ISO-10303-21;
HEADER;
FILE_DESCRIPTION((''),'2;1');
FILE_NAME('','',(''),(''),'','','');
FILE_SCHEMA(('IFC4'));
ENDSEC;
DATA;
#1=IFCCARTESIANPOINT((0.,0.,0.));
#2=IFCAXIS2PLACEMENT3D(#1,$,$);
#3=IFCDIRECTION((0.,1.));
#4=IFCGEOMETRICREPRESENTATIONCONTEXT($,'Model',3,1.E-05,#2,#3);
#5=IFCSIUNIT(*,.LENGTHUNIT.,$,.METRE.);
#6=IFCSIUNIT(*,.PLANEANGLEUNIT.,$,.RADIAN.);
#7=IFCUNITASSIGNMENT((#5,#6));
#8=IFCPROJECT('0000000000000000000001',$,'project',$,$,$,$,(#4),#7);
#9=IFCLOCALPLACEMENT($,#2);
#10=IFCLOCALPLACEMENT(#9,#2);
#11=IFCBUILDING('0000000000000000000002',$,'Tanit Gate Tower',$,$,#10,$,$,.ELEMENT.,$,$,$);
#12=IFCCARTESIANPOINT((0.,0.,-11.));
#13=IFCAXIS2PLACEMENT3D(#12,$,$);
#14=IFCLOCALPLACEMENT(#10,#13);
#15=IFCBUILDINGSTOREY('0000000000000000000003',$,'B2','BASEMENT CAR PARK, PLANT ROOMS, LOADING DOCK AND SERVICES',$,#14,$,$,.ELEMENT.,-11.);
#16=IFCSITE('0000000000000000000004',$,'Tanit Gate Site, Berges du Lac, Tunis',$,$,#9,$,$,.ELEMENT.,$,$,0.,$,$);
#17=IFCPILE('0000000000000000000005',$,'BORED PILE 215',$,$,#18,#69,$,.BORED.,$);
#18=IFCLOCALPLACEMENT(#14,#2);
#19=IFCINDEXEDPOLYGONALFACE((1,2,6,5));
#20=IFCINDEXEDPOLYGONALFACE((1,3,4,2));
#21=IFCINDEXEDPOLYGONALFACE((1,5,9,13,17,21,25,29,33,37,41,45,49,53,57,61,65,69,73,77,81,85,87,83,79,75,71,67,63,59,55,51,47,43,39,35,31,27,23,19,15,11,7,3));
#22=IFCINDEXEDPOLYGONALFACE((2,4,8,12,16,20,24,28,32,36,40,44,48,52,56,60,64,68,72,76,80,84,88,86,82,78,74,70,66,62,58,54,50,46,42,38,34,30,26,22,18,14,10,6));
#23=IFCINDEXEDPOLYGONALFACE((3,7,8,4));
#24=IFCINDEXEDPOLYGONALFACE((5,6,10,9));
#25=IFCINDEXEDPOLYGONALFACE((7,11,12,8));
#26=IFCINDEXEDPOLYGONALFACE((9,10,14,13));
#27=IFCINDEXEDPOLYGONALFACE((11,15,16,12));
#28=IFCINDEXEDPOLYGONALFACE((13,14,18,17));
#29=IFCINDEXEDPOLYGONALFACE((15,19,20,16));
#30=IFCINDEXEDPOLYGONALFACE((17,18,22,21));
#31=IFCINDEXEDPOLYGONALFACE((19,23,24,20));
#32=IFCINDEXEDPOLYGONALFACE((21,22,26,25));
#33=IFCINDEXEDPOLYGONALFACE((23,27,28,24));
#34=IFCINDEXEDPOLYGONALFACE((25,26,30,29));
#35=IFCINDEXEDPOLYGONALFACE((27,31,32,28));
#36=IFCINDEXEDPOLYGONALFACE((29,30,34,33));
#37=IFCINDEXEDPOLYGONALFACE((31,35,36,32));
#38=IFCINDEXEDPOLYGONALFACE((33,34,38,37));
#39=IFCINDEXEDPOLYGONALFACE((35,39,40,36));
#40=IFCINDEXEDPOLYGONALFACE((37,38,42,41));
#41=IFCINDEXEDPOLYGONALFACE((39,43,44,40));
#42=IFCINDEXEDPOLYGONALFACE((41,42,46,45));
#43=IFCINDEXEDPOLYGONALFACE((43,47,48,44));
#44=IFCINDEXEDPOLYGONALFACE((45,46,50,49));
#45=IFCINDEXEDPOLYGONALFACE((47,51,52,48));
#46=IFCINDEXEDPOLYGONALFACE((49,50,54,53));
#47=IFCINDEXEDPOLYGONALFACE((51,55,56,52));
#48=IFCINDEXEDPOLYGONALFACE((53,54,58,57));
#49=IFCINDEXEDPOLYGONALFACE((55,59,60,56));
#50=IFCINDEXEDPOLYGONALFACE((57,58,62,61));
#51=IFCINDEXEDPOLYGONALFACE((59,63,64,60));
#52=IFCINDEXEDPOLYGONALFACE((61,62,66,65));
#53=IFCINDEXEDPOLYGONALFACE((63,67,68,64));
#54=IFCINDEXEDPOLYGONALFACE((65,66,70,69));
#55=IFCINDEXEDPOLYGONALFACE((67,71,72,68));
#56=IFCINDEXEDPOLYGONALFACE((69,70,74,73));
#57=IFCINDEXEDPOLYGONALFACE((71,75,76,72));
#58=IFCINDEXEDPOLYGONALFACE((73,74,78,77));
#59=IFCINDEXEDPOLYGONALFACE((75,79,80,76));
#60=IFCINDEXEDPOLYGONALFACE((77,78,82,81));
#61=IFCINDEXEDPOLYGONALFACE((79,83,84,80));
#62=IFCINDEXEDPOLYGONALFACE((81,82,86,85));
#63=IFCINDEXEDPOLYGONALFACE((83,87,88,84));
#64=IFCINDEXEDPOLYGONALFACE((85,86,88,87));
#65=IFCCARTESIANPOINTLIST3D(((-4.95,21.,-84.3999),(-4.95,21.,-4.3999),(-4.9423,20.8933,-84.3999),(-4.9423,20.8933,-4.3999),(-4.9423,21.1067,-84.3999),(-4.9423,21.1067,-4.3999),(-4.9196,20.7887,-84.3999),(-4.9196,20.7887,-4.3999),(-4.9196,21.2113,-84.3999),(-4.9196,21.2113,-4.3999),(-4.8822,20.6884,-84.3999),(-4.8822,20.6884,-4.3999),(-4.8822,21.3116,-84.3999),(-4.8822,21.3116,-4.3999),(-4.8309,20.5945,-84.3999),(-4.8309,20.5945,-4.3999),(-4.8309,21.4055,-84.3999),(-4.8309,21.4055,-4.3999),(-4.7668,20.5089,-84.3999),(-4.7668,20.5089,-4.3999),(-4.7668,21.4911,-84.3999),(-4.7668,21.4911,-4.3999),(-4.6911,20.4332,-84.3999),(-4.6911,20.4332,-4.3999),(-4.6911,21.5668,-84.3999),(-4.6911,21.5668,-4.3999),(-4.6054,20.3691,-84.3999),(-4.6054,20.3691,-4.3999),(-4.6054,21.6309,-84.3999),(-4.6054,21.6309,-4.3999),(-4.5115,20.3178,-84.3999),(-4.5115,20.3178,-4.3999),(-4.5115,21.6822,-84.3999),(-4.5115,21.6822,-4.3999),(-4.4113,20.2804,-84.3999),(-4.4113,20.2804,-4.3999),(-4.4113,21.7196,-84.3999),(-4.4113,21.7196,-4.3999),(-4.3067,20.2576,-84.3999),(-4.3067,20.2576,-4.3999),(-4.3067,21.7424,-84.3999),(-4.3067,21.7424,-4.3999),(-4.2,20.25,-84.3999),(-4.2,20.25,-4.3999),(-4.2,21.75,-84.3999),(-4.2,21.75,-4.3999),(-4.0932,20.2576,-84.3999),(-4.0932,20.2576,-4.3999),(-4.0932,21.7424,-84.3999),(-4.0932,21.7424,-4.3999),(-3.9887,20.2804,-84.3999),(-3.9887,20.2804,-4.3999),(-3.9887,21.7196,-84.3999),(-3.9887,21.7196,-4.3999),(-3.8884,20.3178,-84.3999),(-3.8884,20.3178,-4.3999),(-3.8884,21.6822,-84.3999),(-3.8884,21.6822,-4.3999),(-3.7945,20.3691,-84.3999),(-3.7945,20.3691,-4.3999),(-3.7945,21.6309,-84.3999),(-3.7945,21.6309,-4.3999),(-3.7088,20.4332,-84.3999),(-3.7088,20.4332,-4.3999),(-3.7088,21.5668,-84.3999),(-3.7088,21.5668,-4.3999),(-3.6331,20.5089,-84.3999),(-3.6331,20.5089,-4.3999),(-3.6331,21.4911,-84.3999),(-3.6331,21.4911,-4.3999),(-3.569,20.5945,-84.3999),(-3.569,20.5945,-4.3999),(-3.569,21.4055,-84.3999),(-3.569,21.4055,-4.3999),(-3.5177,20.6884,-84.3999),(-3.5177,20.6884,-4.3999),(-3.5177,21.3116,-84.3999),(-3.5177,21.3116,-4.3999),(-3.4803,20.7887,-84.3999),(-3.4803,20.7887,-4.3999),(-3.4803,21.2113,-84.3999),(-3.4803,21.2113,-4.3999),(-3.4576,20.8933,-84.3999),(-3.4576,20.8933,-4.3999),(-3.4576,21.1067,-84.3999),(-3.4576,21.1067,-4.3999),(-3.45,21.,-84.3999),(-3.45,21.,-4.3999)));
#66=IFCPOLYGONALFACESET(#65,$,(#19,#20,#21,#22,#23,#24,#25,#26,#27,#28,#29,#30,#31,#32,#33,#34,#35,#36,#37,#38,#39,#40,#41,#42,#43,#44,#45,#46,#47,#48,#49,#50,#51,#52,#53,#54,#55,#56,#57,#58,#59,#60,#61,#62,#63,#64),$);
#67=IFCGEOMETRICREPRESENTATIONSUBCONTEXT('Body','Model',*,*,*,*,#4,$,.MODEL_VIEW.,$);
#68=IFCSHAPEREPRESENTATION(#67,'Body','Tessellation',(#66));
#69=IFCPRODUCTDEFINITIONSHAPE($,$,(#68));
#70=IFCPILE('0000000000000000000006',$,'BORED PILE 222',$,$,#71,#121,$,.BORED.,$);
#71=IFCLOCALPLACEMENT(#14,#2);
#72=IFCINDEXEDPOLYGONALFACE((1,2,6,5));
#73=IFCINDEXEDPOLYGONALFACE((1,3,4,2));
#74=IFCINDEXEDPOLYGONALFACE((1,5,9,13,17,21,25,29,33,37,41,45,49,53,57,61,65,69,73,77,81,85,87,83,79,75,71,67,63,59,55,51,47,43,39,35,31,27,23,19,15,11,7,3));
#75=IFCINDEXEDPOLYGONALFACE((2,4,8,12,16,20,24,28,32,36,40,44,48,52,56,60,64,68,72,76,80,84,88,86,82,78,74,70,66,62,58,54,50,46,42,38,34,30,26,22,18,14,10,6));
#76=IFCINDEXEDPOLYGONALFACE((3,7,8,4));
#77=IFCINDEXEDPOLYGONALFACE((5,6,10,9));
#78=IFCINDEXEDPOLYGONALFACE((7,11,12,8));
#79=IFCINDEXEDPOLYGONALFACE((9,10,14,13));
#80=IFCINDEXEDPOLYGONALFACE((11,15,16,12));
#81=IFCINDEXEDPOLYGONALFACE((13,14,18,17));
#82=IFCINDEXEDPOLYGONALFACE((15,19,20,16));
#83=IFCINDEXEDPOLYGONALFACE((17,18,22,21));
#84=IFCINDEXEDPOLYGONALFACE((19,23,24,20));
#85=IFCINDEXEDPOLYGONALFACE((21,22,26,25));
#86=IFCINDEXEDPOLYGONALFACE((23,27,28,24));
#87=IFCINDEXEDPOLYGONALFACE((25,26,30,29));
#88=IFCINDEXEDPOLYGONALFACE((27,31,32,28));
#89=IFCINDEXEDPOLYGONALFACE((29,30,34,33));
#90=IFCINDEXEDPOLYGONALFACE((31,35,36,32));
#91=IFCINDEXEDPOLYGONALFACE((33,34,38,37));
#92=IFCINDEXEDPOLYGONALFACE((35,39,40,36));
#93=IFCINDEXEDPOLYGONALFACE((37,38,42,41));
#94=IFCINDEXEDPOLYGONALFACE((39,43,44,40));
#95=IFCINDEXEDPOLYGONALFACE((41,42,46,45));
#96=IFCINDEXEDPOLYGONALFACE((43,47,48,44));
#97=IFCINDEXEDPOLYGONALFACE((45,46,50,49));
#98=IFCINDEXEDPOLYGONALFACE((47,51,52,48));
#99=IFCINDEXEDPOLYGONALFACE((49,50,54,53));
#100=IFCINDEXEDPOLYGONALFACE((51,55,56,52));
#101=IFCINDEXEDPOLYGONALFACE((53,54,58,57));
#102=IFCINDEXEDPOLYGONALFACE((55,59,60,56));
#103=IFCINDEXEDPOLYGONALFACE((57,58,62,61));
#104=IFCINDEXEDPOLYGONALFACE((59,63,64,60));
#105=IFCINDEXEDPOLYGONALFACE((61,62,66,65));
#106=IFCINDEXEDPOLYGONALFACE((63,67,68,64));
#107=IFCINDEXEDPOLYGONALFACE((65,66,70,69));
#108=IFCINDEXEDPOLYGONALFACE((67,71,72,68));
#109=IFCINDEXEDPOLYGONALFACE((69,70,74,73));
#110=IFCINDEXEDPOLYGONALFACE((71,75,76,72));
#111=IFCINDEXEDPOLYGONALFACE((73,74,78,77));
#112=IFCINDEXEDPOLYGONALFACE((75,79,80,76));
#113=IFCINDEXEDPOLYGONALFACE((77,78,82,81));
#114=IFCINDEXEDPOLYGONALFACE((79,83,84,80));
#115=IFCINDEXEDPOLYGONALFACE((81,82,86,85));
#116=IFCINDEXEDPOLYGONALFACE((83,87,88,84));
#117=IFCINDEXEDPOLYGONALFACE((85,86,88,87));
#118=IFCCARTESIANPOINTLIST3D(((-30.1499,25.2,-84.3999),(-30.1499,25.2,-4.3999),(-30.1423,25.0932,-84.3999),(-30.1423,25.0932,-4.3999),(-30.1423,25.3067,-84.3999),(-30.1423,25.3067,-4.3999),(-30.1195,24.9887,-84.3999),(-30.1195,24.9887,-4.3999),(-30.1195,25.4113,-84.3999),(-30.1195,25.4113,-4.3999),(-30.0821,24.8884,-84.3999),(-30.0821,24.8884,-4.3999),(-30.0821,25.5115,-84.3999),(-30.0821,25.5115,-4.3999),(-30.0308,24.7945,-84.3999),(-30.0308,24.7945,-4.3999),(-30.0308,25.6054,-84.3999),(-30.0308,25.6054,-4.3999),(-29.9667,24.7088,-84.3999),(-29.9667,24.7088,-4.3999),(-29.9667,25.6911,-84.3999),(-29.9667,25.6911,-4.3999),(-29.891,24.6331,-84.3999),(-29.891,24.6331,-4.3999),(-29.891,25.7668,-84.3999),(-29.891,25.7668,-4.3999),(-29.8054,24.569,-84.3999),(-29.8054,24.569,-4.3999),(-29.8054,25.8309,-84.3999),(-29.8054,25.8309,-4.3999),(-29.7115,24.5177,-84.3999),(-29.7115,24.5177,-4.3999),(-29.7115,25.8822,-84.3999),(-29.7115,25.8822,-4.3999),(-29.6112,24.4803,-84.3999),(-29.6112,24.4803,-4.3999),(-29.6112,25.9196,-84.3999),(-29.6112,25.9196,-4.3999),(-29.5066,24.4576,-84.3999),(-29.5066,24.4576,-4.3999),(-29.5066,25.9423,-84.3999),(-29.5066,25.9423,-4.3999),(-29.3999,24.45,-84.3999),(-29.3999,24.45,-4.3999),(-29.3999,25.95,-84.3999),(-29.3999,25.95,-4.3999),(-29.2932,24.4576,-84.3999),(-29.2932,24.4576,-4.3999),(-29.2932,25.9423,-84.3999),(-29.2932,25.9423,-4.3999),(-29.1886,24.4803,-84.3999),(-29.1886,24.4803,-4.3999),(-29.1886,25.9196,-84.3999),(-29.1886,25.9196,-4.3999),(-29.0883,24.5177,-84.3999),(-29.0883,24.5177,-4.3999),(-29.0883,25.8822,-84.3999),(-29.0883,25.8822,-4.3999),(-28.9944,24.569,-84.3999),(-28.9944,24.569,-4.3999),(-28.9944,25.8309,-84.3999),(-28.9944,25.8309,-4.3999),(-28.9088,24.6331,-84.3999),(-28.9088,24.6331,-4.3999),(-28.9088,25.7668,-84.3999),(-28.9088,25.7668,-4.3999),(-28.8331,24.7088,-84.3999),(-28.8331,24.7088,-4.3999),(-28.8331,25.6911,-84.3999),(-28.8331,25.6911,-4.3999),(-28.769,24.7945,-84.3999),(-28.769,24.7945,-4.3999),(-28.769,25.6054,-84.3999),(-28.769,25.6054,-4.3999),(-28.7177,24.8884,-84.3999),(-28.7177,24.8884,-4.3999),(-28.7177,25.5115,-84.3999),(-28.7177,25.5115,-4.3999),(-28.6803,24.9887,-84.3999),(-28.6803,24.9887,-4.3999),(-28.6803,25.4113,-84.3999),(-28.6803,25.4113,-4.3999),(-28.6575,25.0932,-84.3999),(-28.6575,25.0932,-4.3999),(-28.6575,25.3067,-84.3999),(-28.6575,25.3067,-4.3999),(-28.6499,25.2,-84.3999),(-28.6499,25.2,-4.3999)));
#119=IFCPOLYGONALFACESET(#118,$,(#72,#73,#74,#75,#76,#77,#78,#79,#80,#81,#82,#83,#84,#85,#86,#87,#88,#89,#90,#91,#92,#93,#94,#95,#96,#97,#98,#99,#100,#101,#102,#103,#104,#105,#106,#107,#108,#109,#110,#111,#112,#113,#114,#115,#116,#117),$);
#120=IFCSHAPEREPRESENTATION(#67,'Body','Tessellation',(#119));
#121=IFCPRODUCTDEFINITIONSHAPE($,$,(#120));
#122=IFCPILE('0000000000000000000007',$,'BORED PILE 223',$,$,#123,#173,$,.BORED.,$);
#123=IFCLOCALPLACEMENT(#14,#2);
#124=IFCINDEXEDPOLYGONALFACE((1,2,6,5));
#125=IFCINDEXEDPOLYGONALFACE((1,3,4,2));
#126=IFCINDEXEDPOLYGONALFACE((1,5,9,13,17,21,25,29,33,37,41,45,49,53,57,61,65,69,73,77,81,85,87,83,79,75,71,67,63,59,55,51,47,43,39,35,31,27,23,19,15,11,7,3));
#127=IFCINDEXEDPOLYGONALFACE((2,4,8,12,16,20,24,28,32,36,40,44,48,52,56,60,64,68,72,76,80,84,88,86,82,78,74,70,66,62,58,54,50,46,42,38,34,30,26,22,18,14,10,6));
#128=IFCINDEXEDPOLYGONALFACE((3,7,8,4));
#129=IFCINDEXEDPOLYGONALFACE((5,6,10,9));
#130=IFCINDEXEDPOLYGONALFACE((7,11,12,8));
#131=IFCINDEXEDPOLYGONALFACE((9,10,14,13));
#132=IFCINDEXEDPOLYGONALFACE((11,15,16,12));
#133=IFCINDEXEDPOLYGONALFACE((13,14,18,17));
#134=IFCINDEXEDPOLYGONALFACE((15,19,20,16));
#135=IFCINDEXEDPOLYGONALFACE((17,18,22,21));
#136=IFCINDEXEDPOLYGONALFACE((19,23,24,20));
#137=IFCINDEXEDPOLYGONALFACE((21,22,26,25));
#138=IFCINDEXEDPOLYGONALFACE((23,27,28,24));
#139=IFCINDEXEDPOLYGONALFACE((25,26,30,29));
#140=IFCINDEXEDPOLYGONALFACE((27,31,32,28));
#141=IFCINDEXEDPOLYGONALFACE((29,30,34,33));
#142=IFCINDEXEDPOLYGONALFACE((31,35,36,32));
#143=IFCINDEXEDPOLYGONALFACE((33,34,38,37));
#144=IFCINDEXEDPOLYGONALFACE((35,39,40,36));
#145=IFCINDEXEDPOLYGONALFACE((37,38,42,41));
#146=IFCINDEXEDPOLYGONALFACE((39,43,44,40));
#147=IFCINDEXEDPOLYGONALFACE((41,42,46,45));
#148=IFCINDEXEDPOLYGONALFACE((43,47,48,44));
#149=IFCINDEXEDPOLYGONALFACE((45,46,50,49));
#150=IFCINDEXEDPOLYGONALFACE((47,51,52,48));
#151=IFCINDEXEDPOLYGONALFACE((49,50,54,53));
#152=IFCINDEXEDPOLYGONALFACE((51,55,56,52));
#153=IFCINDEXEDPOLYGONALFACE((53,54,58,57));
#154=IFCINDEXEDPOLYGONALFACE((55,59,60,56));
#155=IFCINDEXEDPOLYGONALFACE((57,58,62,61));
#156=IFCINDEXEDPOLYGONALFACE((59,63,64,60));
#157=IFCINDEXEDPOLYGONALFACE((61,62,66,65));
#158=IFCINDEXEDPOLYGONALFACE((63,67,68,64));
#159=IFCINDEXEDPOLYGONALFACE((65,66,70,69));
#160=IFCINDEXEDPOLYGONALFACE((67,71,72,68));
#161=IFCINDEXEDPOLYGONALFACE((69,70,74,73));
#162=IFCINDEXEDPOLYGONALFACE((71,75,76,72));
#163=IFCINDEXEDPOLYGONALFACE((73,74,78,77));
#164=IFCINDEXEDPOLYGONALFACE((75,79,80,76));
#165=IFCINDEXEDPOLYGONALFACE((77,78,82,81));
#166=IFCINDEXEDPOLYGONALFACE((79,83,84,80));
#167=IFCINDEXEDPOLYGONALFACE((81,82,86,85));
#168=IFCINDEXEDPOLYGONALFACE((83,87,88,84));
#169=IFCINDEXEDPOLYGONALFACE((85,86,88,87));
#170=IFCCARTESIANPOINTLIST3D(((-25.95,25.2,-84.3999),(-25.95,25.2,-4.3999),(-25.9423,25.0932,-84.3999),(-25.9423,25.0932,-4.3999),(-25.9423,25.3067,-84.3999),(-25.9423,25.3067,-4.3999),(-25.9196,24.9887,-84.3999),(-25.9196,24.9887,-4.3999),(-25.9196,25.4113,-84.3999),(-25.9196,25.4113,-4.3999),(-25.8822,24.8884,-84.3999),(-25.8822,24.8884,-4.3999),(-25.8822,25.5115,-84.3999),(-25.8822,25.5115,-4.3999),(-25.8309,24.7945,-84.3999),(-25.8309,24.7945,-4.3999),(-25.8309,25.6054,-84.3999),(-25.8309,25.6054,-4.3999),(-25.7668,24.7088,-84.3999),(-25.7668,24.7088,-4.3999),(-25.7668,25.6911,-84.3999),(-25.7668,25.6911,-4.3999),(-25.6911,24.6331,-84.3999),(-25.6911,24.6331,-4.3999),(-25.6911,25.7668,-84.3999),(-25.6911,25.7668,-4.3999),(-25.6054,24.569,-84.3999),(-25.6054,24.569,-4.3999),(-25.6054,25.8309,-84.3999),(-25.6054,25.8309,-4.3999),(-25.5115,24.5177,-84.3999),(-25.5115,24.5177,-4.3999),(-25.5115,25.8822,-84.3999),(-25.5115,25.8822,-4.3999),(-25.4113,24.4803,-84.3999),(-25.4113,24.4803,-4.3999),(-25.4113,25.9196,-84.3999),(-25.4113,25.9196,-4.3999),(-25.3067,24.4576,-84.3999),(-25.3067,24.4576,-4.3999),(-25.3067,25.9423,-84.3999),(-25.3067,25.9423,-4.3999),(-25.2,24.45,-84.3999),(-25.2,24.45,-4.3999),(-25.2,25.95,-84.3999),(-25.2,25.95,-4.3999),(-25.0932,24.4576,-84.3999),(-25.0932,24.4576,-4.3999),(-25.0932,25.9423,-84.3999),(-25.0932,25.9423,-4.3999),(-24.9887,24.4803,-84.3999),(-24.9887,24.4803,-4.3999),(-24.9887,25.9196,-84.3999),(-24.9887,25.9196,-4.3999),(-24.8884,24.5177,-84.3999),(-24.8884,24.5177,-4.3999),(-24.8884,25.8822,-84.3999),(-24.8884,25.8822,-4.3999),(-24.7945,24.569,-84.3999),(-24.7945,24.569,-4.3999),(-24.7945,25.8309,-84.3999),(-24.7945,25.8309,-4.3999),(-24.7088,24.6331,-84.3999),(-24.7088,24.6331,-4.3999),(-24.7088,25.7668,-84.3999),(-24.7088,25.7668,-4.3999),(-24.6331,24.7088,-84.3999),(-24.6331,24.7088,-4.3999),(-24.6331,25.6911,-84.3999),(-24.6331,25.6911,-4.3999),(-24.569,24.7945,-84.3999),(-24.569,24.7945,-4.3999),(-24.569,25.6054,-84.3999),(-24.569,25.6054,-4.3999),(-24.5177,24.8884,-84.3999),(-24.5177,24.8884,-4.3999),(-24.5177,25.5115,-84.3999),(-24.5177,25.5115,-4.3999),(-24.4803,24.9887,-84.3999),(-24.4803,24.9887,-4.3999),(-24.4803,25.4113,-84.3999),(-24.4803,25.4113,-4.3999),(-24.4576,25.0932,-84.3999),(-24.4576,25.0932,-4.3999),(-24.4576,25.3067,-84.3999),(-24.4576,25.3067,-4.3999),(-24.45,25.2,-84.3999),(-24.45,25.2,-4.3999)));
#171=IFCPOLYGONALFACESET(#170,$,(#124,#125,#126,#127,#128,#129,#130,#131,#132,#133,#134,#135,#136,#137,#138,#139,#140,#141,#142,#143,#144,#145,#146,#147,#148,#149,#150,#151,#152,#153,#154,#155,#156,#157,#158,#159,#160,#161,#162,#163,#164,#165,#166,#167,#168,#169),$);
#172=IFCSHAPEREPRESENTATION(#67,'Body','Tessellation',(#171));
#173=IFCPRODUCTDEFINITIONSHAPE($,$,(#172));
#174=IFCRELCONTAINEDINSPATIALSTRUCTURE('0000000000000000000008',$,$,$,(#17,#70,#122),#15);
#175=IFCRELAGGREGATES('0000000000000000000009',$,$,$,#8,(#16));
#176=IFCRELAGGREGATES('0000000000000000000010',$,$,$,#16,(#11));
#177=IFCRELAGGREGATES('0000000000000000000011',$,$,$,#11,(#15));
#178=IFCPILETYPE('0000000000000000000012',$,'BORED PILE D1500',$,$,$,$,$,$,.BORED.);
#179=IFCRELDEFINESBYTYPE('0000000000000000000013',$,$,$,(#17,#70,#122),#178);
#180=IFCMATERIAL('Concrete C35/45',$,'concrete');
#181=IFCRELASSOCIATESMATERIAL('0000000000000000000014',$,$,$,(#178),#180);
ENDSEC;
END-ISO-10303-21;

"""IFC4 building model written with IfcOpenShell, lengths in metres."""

from ifc_helpers import new_model, si_unit, direction, frame, origin, origin_2d, place, context, subcontext, project, spatial, circle, extrude, material, material_profile, profile_set, type_object, element, save


model = new_model("IFC4")

# Units and contexts
model_context = context("Model", 3, precision=1e-05, world=origin(), true_north=direction((0.0, 1.0)))
body_context = subcontext(model_context, "Body", "Model", "MODEL_VIEW")
ifc_project = project(units=[si_unit("LENGTHUNIT", "METRE"), si_unit("PLANEANGLEUNIT", "RADIAN")], contexts=[model_context])

# Site, building, storey
site_placement = place(None, origin())
site = spatial("IfcSite", under=ifc_project, at=site_placement, Name="Tanit Gate Site, Berges du Lac, Tunis", CompositionType="ELEMENT", RefElevation=0.0)
building_placement = place(site_placement, origin())
building = spatial("IfcBuilding", under=site, at=building_placement, Name="Tanit Gate Tower", CompositionType="ELEMENT")
storey_placement = place(building_placement, frame((0.0, 0.0, -11.0)))
storey = spatial("IfcBuildingStorey", under=building, at=storey_placement, Name="B2", Description="BASEMENT CAR PARK, PLANT ROOMS, LOADING DOCK AND SERVICES", CompositionType="ELEMENT", Elevation=-11.0)

# Piles
ifc_material_1 = material(Name="Concrete C35/45", Category="concrete")
ifc_material_profile_1 = material_profile(ifc_material_1, circle(Radius=0.75, at=origin_2d()), Name="BORED PILE D1500 C35/45")
ifc_profile_set_1 = profile_set([ifc_material_profile_1], Name="Concrete C35/45")
pile_type = type_object("IfcPileType", Name="BORED PILE D1500", PredefinedType="BORED", material=ifc_profile_set_1)
for number, where, z_axis, x_axis, name in (
    (1, (-4.2, 21.0, -4.3999), (0.0, 0.0, -1.0), (1.0, 0.0, 0.0), "BORED PILE 215"),
    (2, (-29.3999, 25.2, -4.3999), (0.0, 0.0, -1.0), (1.0, 0.0, 0.0), "BORED PILE 222"),
    (3, (-25.2, 25.2, -4.3999), (0.0, 0.0, -1.0), (1.0, 0.0, 0.0), "BORED PILE 223"),
):
    element("IfcPile", number, at=place(storey_placement, frame(where, z_axis=z_axis, x_axis=x_axis)), inside=storey, type_object=pile_type, Name=name, PredefinedType="BORED", context=body_context, shape_type="SweptSolid", body=[
        extrude(circle(Radius=0.75, at=origin_2d()), origin(), (0.0, 0.0, 1.0), 80.0),
    ])

save(model, "model.ifc")
